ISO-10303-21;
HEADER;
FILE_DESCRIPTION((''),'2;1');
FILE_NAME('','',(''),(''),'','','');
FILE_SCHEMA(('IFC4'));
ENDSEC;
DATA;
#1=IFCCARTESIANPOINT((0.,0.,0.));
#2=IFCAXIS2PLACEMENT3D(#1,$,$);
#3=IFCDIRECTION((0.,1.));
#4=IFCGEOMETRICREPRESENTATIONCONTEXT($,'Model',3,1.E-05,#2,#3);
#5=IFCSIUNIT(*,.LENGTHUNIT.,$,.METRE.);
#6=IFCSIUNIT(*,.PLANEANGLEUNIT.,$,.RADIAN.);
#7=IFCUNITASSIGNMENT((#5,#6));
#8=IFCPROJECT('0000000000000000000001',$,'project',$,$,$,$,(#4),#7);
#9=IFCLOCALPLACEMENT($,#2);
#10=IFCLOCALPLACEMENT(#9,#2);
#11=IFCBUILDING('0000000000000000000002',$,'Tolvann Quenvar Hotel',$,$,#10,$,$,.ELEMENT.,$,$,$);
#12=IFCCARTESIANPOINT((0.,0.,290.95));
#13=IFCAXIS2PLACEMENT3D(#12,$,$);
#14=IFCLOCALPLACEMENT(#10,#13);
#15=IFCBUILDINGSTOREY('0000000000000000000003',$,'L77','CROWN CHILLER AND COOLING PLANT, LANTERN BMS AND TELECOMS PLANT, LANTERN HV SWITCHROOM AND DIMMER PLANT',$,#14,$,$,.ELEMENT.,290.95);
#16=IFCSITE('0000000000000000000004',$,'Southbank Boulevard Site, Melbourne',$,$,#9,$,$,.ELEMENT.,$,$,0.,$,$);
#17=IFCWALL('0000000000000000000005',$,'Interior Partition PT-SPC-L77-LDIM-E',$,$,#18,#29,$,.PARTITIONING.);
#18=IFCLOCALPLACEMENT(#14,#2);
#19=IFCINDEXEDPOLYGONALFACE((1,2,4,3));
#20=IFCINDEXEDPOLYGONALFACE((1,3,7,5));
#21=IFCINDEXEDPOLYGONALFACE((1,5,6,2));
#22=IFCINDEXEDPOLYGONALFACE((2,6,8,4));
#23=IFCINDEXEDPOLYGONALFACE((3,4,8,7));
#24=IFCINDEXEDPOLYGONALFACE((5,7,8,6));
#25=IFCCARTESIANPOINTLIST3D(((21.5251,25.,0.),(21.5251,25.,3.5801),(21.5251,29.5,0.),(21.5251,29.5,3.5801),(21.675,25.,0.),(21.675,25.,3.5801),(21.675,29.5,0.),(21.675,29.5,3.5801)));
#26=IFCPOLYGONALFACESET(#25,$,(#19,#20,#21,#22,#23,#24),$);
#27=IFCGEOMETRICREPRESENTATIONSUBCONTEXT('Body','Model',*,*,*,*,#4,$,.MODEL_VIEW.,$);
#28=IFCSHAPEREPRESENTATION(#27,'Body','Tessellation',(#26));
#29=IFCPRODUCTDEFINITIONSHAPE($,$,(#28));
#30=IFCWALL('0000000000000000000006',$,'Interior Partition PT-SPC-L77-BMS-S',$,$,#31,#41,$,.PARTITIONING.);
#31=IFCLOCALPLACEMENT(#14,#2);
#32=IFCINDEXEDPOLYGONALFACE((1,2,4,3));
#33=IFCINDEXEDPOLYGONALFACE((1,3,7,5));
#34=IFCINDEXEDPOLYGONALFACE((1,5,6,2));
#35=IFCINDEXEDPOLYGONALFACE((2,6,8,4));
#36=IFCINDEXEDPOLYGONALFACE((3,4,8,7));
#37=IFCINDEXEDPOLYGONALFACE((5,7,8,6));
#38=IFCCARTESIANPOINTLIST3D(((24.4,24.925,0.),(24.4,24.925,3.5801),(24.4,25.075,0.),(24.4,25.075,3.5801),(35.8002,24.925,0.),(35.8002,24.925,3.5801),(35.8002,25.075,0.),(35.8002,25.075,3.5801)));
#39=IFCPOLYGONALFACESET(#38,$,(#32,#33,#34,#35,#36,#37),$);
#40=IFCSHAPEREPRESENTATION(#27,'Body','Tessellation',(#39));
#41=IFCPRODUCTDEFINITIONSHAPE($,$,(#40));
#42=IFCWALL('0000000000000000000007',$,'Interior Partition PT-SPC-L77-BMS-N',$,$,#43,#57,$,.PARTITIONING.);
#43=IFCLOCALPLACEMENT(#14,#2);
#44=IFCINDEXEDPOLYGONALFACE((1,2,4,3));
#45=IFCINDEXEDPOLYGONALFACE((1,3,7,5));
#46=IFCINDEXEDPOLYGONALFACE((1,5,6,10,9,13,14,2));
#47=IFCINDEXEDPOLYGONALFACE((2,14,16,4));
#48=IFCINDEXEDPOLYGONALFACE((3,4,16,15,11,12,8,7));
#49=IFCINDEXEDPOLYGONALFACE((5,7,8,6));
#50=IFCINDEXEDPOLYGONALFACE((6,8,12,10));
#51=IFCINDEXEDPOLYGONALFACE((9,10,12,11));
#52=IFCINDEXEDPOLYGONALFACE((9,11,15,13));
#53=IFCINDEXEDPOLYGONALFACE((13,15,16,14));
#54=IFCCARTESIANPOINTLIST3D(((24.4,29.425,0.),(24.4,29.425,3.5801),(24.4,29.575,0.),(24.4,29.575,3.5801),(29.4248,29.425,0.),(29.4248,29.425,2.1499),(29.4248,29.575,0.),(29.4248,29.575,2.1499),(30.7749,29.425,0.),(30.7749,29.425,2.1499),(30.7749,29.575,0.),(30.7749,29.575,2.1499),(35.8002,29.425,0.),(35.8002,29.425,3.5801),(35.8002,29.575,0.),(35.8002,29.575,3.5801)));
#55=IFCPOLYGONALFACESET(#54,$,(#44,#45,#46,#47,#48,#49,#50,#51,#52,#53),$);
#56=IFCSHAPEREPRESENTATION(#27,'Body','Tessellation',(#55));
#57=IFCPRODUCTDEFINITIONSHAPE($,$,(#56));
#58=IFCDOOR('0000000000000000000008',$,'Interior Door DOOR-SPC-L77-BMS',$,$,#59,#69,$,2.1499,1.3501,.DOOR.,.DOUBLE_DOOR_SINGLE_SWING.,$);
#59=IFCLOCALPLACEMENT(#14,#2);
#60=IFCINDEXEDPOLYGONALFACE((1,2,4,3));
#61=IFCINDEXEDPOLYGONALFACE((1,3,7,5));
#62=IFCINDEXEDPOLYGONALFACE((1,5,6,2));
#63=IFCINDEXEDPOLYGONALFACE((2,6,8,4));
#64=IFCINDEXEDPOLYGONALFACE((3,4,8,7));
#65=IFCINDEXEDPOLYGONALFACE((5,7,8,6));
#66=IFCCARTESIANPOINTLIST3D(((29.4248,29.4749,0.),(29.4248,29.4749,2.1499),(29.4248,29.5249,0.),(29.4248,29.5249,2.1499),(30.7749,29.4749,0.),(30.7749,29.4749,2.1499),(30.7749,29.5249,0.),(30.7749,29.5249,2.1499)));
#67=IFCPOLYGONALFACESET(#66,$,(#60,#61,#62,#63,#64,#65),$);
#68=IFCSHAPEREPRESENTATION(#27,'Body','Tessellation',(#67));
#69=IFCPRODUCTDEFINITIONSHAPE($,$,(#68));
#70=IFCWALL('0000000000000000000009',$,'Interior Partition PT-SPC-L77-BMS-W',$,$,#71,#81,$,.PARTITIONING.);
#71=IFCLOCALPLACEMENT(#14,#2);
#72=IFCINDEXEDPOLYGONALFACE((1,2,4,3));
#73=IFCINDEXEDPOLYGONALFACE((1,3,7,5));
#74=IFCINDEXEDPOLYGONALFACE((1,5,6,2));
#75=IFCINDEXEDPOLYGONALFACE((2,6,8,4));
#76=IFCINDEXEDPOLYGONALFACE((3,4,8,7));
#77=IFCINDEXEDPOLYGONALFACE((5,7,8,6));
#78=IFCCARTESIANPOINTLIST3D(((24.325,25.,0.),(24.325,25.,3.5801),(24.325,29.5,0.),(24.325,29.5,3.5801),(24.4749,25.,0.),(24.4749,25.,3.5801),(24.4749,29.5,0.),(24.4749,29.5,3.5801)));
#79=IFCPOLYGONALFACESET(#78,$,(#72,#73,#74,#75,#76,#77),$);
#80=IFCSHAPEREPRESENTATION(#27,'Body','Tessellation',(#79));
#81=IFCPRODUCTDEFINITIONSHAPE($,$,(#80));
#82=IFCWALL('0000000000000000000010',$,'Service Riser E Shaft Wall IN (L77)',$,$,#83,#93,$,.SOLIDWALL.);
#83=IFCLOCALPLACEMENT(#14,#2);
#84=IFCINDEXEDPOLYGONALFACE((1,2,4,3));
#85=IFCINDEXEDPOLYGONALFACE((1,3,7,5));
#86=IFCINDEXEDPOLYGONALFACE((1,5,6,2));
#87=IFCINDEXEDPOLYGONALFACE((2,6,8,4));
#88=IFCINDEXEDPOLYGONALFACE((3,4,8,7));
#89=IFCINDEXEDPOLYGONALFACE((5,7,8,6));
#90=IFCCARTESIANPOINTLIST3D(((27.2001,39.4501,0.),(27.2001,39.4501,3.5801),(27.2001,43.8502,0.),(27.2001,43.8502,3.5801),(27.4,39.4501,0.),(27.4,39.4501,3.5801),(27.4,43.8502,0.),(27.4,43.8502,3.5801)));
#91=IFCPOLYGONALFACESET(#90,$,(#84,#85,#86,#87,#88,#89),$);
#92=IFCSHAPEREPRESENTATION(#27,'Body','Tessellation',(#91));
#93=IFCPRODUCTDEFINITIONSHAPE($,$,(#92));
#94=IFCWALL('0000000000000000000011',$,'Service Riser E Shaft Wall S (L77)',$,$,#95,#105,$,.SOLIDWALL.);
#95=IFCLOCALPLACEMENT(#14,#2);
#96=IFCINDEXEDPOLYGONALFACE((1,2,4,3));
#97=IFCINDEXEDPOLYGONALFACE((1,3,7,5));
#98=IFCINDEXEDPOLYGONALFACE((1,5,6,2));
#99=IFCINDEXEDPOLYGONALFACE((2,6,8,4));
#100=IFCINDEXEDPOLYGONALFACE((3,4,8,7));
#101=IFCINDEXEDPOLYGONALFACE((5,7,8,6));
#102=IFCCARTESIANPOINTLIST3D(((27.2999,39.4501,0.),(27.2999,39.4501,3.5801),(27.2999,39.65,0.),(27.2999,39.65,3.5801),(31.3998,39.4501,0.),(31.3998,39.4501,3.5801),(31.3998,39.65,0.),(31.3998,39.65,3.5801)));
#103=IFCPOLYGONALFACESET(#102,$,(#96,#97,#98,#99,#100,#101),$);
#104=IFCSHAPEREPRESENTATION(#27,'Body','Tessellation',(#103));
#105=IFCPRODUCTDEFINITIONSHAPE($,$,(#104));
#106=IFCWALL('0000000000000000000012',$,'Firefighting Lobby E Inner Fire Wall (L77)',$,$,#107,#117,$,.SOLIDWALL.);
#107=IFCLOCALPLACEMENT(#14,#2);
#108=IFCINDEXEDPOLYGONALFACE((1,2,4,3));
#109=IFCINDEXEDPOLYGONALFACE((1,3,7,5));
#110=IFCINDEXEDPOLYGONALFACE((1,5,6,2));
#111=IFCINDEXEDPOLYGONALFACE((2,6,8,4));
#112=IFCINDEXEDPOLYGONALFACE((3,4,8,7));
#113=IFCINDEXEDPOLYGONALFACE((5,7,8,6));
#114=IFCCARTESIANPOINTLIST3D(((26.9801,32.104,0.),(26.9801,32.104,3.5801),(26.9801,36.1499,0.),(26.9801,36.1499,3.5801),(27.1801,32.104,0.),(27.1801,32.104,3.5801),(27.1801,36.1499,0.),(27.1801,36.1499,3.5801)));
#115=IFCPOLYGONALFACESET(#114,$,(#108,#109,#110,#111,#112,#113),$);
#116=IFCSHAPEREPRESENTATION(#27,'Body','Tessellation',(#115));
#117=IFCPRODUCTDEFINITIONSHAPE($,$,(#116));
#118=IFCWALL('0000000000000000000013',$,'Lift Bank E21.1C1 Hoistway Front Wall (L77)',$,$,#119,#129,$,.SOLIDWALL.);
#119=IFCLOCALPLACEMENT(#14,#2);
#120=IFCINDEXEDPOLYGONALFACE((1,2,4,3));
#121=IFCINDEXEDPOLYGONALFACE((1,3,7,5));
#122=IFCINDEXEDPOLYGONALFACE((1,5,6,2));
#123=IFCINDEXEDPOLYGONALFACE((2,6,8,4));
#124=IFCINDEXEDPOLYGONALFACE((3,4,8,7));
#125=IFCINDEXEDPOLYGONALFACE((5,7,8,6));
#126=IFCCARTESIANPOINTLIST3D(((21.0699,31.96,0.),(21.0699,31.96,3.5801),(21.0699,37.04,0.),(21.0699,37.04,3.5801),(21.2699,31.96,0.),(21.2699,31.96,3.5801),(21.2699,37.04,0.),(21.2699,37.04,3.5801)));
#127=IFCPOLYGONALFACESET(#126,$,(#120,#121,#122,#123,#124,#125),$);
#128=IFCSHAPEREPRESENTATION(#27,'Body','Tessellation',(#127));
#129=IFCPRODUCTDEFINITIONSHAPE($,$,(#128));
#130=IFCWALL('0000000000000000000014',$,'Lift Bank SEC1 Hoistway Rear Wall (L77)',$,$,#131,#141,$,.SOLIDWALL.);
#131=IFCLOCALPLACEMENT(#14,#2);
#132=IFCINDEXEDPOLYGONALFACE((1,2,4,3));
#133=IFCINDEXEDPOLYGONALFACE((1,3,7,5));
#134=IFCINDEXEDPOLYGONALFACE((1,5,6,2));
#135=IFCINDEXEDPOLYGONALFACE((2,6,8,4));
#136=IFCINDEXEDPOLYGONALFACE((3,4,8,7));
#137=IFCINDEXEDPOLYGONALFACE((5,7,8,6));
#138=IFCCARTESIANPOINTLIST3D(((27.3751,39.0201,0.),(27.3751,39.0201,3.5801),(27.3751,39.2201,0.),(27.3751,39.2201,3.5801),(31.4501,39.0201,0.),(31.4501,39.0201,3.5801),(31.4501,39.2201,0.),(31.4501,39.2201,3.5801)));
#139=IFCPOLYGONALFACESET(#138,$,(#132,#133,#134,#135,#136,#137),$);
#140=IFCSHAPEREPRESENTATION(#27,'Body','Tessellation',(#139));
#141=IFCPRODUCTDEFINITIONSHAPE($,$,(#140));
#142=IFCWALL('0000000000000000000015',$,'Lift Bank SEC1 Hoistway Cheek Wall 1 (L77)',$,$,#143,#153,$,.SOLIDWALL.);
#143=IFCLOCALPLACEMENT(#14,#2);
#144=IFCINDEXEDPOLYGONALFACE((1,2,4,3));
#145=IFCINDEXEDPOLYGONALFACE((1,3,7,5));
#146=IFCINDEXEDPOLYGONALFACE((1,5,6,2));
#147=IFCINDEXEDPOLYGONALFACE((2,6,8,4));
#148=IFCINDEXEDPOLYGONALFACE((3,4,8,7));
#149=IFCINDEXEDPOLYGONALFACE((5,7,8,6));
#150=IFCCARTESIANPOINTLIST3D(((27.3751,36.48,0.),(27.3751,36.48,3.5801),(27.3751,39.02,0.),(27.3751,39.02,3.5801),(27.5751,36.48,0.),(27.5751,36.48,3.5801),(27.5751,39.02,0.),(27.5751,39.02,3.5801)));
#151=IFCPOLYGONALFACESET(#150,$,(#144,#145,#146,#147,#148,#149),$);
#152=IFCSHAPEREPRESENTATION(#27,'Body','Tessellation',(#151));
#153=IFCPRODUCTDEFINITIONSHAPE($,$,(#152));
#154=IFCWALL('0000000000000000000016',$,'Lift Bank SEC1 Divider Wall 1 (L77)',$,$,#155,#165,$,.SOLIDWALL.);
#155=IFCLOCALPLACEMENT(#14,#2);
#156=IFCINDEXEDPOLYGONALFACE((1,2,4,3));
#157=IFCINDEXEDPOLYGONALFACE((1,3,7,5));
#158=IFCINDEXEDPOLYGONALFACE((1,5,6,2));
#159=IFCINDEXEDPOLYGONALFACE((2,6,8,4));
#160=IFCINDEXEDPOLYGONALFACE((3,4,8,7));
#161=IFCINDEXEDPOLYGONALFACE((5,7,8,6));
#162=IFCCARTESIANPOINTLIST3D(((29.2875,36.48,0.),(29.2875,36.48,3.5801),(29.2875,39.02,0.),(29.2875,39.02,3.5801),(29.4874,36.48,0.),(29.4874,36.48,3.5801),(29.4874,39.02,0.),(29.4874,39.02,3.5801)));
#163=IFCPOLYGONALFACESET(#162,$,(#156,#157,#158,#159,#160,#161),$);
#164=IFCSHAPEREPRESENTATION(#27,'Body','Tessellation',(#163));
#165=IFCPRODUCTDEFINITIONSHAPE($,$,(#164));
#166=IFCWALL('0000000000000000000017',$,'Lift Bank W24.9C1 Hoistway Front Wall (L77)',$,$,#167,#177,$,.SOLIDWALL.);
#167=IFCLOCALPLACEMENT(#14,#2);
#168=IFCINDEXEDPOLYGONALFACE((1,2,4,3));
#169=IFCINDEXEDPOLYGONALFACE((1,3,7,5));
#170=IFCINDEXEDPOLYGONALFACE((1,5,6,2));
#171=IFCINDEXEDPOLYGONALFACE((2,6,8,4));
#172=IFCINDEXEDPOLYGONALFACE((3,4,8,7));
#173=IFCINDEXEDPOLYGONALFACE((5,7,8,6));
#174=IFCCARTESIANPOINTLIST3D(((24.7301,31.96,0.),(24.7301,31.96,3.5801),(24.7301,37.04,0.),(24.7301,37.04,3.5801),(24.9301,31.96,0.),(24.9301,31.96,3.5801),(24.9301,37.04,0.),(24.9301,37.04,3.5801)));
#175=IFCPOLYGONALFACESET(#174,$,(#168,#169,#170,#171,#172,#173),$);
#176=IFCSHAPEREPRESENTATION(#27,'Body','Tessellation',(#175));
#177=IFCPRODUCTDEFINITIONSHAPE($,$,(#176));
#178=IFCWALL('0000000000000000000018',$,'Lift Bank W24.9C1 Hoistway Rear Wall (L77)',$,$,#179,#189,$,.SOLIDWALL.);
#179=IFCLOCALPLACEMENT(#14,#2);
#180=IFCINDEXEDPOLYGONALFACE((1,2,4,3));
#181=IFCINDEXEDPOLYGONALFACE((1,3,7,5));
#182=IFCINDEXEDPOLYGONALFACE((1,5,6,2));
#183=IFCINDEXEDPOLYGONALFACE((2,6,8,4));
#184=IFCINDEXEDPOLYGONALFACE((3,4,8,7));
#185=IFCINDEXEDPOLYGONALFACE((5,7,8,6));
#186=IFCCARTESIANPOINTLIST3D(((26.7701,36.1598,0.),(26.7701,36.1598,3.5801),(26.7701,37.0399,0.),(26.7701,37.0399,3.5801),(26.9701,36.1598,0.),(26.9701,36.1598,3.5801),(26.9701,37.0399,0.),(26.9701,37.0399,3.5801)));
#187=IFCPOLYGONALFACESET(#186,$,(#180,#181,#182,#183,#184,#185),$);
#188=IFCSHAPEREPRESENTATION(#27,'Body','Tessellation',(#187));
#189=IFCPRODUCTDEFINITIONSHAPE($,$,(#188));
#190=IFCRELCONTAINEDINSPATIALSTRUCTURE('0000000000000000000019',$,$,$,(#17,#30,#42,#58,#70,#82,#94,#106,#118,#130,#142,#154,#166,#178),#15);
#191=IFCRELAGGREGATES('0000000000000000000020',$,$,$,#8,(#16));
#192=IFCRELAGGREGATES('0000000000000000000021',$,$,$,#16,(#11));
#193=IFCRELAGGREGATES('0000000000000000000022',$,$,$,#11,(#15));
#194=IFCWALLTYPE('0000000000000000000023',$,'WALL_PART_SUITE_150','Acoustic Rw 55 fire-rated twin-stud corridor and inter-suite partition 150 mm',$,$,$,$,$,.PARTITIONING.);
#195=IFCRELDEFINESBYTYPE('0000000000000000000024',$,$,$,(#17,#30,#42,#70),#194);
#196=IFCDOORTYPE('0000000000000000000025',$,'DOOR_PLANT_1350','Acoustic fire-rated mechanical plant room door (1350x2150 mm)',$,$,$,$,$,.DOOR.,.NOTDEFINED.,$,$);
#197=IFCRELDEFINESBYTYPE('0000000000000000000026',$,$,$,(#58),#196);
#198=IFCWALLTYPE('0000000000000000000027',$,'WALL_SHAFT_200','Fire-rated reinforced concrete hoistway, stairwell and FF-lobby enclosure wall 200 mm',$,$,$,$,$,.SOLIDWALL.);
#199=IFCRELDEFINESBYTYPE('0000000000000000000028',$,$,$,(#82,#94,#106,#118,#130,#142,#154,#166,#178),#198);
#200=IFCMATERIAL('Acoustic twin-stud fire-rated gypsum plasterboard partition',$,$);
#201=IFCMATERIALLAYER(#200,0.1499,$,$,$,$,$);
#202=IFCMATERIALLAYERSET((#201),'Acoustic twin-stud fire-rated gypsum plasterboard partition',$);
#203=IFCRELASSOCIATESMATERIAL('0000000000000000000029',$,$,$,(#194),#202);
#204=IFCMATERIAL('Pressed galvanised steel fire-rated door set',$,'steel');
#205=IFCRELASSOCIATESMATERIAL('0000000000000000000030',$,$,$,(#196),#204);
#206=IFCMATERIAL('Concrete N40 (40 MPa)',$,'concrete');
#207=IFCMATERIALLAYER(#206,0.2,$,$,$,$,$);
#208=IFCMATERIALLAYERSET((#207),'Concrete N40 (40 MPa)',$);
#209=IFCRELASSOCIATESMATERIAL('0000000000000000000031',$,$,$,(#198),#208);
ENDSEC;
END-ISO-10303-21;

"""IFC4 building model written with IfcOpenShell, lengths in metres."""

from ifc_helpers import new_model, si_unit, direction, frame, frame_2d, origin, place, context, subcontext, project, spatial, rectangle, extrude, source, transform, mapped, material, layer, layer_set, type_object, type_shapes, element, fill, save


model = new_model("IFC4")

# Units and contexts
model_context = context("Model", 3, precision=1e-05, world=origin(), true_north=direction((0.0, 1.0)))
body_context = subcontext(model_context, "Body", "Model", "MODEL_VIEW")
ifc_project = project(units=[si_unit("LENGTHUNIT", "METRE"), si_unit("PLANEANGLEUNIT", "RADIAN")], contexts=[model_context])

# Site, building, storey
site_placement = place(None, origin())
site = spatial("IfcSite", under=ifc_project, at=site_placement, Name="Southbank Boulevard Site, Melbourne", CompositionType="ELEMENT", RefElevation=0.0)
building_placement = place(site_placement, origin())
building = spatial("IfcBuilding", under=site, at=building_placement, Name="Tolvann Quenvar Hotel", CompositionType="ELEMENT")
storey_placement = place(building_placement, frame((0.0, 0.0, 290.95)))
storey = spatial("IfcBuildingStorey", under=building, at=storey_placement, Name="L77", Description="CROWN CHILLER AND COOLING PLANT, LANTERN BMS AND TELECOMS PLANT, LANTERN HV SWITCHROOM AND DIMMER PLANT", CompositionType="ELEMENT", Elevation=290.95)

# Shared definitions
ifc_material_1 = material(Name="Pressed galvanised steel fire-rated door set", Category="steel")

# Walls
ifc_material_2 = material(Name="Acoustic twin-stud fire-rated gypsum plasterboard partition")
ifc_layer_1 = layer(ifc_material_2, 0.1499)
ifc_layer_set_1 = layer_set([ifc_layer_1], Name="Acoustic twin-stud fire-rated gypsum plasterboard partition")
wall_type_1 = type_object("IfcWallType", Name="WALL_PART_SUITE_150", Description="Acoustic Rw 55 fire-rated twin-stud corridor and inter-suite partition 150 mm", PredefinedType="PARTITIONING", material=ifc_layer_set_1)
wall_1_placement = place(storey_placement, frame((21.6001, 25.0, 0.0), z_axis=(0.0, 0.0, 1.0), x_axis=(0.0, 1.0, 0.0)))
element("IfcWall", 1, at=wall_1_placement, inside=storey, type_object=wall_type_1, Name="Interior Partition PT-SPC-L77-LDIM-E", PredefinedType="PARTITIONING", context=body_context, shape_type="SweptSolid", body=[
    extrude(rectangle(XDim=4.5, YDim=0.1499, at=frame_2d((2.25, 0.0))), origin(), (0.0, 0.0, 1.0), 3.5801),
])
wall_2_placement = place(storey_placement, frame((24.3999, 25.0, 0.0), z_axis=(0.0, 0.0, 1.0), x_axis=(1.0, 0.0, 0.0)))
element("IfcWall", 2, at=wall_2_placement, inside=storey, type_object=wall_type_1, Name="Interior Partition PT-SPC-L77-BMS-S", PredefinedType="PARTITIONING", context=body_context, shape_type="SweptSolid", body=[
    extrude(rectangle(XDim=11.4001, YDim=0.1499, at=frame_2d((5.7002, 0.0))), origin(), (0.0, 0.0, 1.0), 3.5801),
])

# Wall, opening, door
wall_3_placement = place(storey_placement, frame((24.3999, 29.5, 0.0), z_axis=(0.0, 0.0, 1.0), x_axis=(1.0, 0.0, 0.0)))
wall_3 = element("IfcWall", 3, at=wall_3_placement, inside=storey, type_object=wall_type_1, Name="Interior Partition PT-SPC-L77-BMS-N", PredefinedType="PARTITIONING", context=body_context, shape_type="SweptSolid", body=[
    extrude(rectangle(XDim=11.4001, YDim=0.1499, at=frame_2d((5.7002, 0.0))), origin(), (0.0, 0.0, 1.0), 3.5801),
])
opening_1_placement = place(wall_3_placement, frame((5.0249, 0.0, 0.0)))
opening_1 = element("IfcOpeningElement", 4, at=opening_1_placement, cuts=wall_3, PredefinedType="OPENING", context=body_context, shape_type="SweptSolid", body=[
    extrude(rectangle(XDim=1.3501, YDim=2.1499, at=frame_2d((0.675, 1.075))), frame((0.0, 0.085, 0.0), z_axis=(0.0, -1.0, 0.0), x_axis=(1.0, 0.0, 0.0)), (0.0, 0.0, 1.0), 0.1699),
])
door_type_1 = type_object("IfcDoorType", Name="DOOR_PLANT_1350", Description="Acoustic fire-rated mechanical plant room door (1350x2150 mm)", OperationType="NOTDEFINED", PredefinedType="DOOR", material=ifc_material_1)
shared_shape_1 = source(origin(), body_context, "Body", "SweptSolid", [
    extrude(rectangle(XDim=1.3501, YDim=2.1499, at=frame_2d((0.675, 1.075))), frame((0.0, 0.0249, 0.0), z_axis=(0.0, -1.0, 0.0), x_axis=(1.0, 0.0, 0.0)), (0.0, 0.0, 1.0), 0.05),
])
type_shapes(door_type_1, [shared_shape_1])
door_1_placement = place(opening_1_placement, origin())
door_1 = element("IfcDoor", 5, at=door_1_placement, inside=storey, type_object=door_type_1, Name="Interior Door DOOR-SPC-L77-BMS", OperationType="DOUBLE_DOOR_SINGLE_SWING", OverallHeight=2.1499, OverallWidth=1.3501, PredefinedType="DOOR", context=body_context, shape_type="MappedRepresentation", body=[
    mapped(shared_shape_1, transform((0.0, 0.0, 0.0), x_axis=(1.0, 0.0, 0.0), y_axis=(0.0, 1.0, 0.0), z_axis=(0.0, 0.0, 1.0), scale=1.0)),
])
fill(opening_1, door_1)

# Walls
wall_4_placement = place(storey_placement, frame((24.3999, 25.0, 0.0), z_axis=(0.0, 0.0, 1.0), x_axis=(0.0, 1.0, 0.0)))
element("IfcWall", 6, at=wall_4_placement, inside=storey, type_object=wall_type_1, Name="Interior Partition PT-SPC-L77-BMS-W", PredefinedType="PARTITIONING", context=body_context, shape_type="SweptSolid", body=[
    extrude(rectangle(XDim=4.5, YDim=0.1499, at=frame_2d((2.25, 0.0))), origin(), (0.0, 0.0, 1.0), 3.5801),
])
ifc_material_3 = material(Name="Concrete N40 (40 MPa)", Category="concrete")
ifc_layer_2 = layer(ifc_material_3, 0.2)
ifc_layer_set_2 = layer_set([ifc_layer_2], Name="Concrete N40 (40 MPa)")
wall_type_2 = type_object("IfcWallType", Name="WALL_SHAFT_200", Description="Fire-rated reinforced concrete hoistway, stairwell and FF-lobby enclosure wall 200 mm", PredefinedType="SOLIDWALL", material=ifc_layer_set_2)
wall_5_placement = place(storey_placement, frame((27.3, 39.45, 0.0), z_axis=(0.0, 0.0, 1.0), x_axis=(0.0, 1.0, 0.0)))
element("IfcWall", 7, at=wall_5_placement, inside=storey, type_object=wall_type_2, Name="Service Riser E Shaft Wall IN (L77)", PredefinedType="SOLIDWALL", context=body_context, shape_type="SweptSolid", body=[
    extrude(rectangle(XDim=4.4001, YDim=0.2, at=frame_2d((2.2002, 0.0))), origin(), (0.0, 0.0, 1.0), 3.5801),
])
wall_6_placement = place(storey_placement, frame((27.3, 39.55, 0.0), z_axis=(0.0, 0.0, 1.0), x_axis=(1.0, 0.0, 0.0)))
element("IfcWall", 8, at=wall_6_placement, inside=storey, type_object=wall_type_2, Name="Service Riser E Shaft Wall S (L77)", PredefinedType="SOLIDWALL", context=body_context, shape_type="SweptSolid", body=[
    extrude(rectangle(XDim=4.0999, YDim=0.2, at=frame_2d((2.0498, 0.0))), origin(), (0.0, 0.0, 1.0), 3.5801),
])
wall_7_placement = place(storey_placement, frame((27.0801, 32.104, 0.0), z_axis=(0.0, 0.0, 1.0), x_axis=(0.0, 1.0, 0.0)))
element("IfcWall", 9, at=wall_7_placement, inside=storey, type_object=wall_type_2, Name="Firefighting Lobby E Inner Fire Wall (L77)", PredefinedType="SOLIDWALL", context=body_context, shape_type="SweptSolid", body=[
    extrude(rectangle(XDim=4.0459, YDim=0.2, at=frame_2d((2.0229, 0.0))), origin(), (0.0, 0.0, 1.0), 3.5801),
])
wall_8_placement = place(storey_placement, frame((21.1699, 31.96, 0.0), z_axis=(0.0, 0.0, 1.0), x_axis=(0.0, 1.0, 0.0)))
element("IfcWall", 10, at=wall_8_placement, inside=storey, type_object=wall_type_2, Name="Lift Bank E21.1C1 Hoistway Front Wall (L77)", PredefinedType="SOLIDWALL", context=body_context, shape_type="SweptSolid", body=[
    extrude(rectangle(XDim=5.0801, YDim=0.2, at=frame_2d((2.54, 0.0))), origin(), (0.0, 0.0, 1.0), 3.5801),
])

# Walls
wall_9_placement = place(storey_placement, frame((27.375, 39.1201, 0.0), z_axis=(0.0, 0.0, 1.0), x_axis=(1.0, 0.0, 0.0)))
element("IfcWall", 11, at=wall_9_placement, inside=storey, type_object=wall_type_2, Name="Lift Bank SEC1 Hoistway Rear Wall (L77)", PredefinedType="SOLIDWALL", context=body_context, shape_type="SweptSolid", body=[
    extrude(rectangle(XDim=4.075, YDim=0.2, at=frame_2d((2.0376, 0.0))), origin(), (0.0, 0.0, 1.0), 3.5801),
])
for number, where, z_axis, x_axis, name in (
    (12, (27.4751, 36.48, 0.0), (0.0, 0.0, 1.0), (0.0, 1.0, 0.0), "Lift Bank SEC1 Hoistway Cheek Wall 1 (L77)"),
    (13, (29.3875, 36.48, 0.0), (0.0, 0.0, 1.0), (0.0, 1.0, 0.0), "Lift Bank SEC1 Divider Wall 1 (L77)"),
):
    element("IfcWall", number, at=place(storey_placement, frame(where, z_axis=z_axis, x_axis=x_axis)), inside=storey, type_object=wall_type_2, Name=name, PredefinedType="SOLIDWALL", context=body_context, shape_type="SweptSolid", body=[
        extrude(rectangle(XDim=2.54, YDim=0.2, at=frame_2d((1.27, 0.0))), origin(), (0.0, 0.0, 1.0), 3.5801),
    ])
wall_10_placement = place(storey_placement, frame((24.8301, 31.96, 0.0), z_axis=(0.0, 0.0, 1.0), x_axis=(0.0, 1.0, 0.0)))
element("IfcWall", 14, at=wall_10_placement, inside=storey, type_object=wall_type_2, Name="Lift Bank W24.9C1 Hoistway Front Wall (L77)", PredefinedType="SOLIDWALL", context=body_context, shape_type="SweptSolid", body=[
    extrude(rectangle(XDim=5.0801, YDim=0.2, at=frame_2d((2.54, 0.0))), origin(), (0.0, 0.0, 1.0), 3.5801),
])
wall_11_placement = place(storey_placement, frame((26.8701, 36.1599, 0.0), z_axis=(0.0, 0.0, 1.0), x_axis=(0.0, 1.0, 0.0)))
element("IfcWall", 15, at=wall_11_placement, inside=storey, type_object=wall_type_2, Name="Lift Bank W24.9C1 Hoistway Rear Wall (L77)", PredefinedType="SOLIDWALL", context=body_context, shape_type="SweptSolid", body=[
    extrude(rectangle(XDim=0.8801, YDim=0.2, at=frame_2d((0.4399, 0.0))), origin(), (0.0, 0.0, 1.0), 3.5801),
])

save(model, "model.ifc")
